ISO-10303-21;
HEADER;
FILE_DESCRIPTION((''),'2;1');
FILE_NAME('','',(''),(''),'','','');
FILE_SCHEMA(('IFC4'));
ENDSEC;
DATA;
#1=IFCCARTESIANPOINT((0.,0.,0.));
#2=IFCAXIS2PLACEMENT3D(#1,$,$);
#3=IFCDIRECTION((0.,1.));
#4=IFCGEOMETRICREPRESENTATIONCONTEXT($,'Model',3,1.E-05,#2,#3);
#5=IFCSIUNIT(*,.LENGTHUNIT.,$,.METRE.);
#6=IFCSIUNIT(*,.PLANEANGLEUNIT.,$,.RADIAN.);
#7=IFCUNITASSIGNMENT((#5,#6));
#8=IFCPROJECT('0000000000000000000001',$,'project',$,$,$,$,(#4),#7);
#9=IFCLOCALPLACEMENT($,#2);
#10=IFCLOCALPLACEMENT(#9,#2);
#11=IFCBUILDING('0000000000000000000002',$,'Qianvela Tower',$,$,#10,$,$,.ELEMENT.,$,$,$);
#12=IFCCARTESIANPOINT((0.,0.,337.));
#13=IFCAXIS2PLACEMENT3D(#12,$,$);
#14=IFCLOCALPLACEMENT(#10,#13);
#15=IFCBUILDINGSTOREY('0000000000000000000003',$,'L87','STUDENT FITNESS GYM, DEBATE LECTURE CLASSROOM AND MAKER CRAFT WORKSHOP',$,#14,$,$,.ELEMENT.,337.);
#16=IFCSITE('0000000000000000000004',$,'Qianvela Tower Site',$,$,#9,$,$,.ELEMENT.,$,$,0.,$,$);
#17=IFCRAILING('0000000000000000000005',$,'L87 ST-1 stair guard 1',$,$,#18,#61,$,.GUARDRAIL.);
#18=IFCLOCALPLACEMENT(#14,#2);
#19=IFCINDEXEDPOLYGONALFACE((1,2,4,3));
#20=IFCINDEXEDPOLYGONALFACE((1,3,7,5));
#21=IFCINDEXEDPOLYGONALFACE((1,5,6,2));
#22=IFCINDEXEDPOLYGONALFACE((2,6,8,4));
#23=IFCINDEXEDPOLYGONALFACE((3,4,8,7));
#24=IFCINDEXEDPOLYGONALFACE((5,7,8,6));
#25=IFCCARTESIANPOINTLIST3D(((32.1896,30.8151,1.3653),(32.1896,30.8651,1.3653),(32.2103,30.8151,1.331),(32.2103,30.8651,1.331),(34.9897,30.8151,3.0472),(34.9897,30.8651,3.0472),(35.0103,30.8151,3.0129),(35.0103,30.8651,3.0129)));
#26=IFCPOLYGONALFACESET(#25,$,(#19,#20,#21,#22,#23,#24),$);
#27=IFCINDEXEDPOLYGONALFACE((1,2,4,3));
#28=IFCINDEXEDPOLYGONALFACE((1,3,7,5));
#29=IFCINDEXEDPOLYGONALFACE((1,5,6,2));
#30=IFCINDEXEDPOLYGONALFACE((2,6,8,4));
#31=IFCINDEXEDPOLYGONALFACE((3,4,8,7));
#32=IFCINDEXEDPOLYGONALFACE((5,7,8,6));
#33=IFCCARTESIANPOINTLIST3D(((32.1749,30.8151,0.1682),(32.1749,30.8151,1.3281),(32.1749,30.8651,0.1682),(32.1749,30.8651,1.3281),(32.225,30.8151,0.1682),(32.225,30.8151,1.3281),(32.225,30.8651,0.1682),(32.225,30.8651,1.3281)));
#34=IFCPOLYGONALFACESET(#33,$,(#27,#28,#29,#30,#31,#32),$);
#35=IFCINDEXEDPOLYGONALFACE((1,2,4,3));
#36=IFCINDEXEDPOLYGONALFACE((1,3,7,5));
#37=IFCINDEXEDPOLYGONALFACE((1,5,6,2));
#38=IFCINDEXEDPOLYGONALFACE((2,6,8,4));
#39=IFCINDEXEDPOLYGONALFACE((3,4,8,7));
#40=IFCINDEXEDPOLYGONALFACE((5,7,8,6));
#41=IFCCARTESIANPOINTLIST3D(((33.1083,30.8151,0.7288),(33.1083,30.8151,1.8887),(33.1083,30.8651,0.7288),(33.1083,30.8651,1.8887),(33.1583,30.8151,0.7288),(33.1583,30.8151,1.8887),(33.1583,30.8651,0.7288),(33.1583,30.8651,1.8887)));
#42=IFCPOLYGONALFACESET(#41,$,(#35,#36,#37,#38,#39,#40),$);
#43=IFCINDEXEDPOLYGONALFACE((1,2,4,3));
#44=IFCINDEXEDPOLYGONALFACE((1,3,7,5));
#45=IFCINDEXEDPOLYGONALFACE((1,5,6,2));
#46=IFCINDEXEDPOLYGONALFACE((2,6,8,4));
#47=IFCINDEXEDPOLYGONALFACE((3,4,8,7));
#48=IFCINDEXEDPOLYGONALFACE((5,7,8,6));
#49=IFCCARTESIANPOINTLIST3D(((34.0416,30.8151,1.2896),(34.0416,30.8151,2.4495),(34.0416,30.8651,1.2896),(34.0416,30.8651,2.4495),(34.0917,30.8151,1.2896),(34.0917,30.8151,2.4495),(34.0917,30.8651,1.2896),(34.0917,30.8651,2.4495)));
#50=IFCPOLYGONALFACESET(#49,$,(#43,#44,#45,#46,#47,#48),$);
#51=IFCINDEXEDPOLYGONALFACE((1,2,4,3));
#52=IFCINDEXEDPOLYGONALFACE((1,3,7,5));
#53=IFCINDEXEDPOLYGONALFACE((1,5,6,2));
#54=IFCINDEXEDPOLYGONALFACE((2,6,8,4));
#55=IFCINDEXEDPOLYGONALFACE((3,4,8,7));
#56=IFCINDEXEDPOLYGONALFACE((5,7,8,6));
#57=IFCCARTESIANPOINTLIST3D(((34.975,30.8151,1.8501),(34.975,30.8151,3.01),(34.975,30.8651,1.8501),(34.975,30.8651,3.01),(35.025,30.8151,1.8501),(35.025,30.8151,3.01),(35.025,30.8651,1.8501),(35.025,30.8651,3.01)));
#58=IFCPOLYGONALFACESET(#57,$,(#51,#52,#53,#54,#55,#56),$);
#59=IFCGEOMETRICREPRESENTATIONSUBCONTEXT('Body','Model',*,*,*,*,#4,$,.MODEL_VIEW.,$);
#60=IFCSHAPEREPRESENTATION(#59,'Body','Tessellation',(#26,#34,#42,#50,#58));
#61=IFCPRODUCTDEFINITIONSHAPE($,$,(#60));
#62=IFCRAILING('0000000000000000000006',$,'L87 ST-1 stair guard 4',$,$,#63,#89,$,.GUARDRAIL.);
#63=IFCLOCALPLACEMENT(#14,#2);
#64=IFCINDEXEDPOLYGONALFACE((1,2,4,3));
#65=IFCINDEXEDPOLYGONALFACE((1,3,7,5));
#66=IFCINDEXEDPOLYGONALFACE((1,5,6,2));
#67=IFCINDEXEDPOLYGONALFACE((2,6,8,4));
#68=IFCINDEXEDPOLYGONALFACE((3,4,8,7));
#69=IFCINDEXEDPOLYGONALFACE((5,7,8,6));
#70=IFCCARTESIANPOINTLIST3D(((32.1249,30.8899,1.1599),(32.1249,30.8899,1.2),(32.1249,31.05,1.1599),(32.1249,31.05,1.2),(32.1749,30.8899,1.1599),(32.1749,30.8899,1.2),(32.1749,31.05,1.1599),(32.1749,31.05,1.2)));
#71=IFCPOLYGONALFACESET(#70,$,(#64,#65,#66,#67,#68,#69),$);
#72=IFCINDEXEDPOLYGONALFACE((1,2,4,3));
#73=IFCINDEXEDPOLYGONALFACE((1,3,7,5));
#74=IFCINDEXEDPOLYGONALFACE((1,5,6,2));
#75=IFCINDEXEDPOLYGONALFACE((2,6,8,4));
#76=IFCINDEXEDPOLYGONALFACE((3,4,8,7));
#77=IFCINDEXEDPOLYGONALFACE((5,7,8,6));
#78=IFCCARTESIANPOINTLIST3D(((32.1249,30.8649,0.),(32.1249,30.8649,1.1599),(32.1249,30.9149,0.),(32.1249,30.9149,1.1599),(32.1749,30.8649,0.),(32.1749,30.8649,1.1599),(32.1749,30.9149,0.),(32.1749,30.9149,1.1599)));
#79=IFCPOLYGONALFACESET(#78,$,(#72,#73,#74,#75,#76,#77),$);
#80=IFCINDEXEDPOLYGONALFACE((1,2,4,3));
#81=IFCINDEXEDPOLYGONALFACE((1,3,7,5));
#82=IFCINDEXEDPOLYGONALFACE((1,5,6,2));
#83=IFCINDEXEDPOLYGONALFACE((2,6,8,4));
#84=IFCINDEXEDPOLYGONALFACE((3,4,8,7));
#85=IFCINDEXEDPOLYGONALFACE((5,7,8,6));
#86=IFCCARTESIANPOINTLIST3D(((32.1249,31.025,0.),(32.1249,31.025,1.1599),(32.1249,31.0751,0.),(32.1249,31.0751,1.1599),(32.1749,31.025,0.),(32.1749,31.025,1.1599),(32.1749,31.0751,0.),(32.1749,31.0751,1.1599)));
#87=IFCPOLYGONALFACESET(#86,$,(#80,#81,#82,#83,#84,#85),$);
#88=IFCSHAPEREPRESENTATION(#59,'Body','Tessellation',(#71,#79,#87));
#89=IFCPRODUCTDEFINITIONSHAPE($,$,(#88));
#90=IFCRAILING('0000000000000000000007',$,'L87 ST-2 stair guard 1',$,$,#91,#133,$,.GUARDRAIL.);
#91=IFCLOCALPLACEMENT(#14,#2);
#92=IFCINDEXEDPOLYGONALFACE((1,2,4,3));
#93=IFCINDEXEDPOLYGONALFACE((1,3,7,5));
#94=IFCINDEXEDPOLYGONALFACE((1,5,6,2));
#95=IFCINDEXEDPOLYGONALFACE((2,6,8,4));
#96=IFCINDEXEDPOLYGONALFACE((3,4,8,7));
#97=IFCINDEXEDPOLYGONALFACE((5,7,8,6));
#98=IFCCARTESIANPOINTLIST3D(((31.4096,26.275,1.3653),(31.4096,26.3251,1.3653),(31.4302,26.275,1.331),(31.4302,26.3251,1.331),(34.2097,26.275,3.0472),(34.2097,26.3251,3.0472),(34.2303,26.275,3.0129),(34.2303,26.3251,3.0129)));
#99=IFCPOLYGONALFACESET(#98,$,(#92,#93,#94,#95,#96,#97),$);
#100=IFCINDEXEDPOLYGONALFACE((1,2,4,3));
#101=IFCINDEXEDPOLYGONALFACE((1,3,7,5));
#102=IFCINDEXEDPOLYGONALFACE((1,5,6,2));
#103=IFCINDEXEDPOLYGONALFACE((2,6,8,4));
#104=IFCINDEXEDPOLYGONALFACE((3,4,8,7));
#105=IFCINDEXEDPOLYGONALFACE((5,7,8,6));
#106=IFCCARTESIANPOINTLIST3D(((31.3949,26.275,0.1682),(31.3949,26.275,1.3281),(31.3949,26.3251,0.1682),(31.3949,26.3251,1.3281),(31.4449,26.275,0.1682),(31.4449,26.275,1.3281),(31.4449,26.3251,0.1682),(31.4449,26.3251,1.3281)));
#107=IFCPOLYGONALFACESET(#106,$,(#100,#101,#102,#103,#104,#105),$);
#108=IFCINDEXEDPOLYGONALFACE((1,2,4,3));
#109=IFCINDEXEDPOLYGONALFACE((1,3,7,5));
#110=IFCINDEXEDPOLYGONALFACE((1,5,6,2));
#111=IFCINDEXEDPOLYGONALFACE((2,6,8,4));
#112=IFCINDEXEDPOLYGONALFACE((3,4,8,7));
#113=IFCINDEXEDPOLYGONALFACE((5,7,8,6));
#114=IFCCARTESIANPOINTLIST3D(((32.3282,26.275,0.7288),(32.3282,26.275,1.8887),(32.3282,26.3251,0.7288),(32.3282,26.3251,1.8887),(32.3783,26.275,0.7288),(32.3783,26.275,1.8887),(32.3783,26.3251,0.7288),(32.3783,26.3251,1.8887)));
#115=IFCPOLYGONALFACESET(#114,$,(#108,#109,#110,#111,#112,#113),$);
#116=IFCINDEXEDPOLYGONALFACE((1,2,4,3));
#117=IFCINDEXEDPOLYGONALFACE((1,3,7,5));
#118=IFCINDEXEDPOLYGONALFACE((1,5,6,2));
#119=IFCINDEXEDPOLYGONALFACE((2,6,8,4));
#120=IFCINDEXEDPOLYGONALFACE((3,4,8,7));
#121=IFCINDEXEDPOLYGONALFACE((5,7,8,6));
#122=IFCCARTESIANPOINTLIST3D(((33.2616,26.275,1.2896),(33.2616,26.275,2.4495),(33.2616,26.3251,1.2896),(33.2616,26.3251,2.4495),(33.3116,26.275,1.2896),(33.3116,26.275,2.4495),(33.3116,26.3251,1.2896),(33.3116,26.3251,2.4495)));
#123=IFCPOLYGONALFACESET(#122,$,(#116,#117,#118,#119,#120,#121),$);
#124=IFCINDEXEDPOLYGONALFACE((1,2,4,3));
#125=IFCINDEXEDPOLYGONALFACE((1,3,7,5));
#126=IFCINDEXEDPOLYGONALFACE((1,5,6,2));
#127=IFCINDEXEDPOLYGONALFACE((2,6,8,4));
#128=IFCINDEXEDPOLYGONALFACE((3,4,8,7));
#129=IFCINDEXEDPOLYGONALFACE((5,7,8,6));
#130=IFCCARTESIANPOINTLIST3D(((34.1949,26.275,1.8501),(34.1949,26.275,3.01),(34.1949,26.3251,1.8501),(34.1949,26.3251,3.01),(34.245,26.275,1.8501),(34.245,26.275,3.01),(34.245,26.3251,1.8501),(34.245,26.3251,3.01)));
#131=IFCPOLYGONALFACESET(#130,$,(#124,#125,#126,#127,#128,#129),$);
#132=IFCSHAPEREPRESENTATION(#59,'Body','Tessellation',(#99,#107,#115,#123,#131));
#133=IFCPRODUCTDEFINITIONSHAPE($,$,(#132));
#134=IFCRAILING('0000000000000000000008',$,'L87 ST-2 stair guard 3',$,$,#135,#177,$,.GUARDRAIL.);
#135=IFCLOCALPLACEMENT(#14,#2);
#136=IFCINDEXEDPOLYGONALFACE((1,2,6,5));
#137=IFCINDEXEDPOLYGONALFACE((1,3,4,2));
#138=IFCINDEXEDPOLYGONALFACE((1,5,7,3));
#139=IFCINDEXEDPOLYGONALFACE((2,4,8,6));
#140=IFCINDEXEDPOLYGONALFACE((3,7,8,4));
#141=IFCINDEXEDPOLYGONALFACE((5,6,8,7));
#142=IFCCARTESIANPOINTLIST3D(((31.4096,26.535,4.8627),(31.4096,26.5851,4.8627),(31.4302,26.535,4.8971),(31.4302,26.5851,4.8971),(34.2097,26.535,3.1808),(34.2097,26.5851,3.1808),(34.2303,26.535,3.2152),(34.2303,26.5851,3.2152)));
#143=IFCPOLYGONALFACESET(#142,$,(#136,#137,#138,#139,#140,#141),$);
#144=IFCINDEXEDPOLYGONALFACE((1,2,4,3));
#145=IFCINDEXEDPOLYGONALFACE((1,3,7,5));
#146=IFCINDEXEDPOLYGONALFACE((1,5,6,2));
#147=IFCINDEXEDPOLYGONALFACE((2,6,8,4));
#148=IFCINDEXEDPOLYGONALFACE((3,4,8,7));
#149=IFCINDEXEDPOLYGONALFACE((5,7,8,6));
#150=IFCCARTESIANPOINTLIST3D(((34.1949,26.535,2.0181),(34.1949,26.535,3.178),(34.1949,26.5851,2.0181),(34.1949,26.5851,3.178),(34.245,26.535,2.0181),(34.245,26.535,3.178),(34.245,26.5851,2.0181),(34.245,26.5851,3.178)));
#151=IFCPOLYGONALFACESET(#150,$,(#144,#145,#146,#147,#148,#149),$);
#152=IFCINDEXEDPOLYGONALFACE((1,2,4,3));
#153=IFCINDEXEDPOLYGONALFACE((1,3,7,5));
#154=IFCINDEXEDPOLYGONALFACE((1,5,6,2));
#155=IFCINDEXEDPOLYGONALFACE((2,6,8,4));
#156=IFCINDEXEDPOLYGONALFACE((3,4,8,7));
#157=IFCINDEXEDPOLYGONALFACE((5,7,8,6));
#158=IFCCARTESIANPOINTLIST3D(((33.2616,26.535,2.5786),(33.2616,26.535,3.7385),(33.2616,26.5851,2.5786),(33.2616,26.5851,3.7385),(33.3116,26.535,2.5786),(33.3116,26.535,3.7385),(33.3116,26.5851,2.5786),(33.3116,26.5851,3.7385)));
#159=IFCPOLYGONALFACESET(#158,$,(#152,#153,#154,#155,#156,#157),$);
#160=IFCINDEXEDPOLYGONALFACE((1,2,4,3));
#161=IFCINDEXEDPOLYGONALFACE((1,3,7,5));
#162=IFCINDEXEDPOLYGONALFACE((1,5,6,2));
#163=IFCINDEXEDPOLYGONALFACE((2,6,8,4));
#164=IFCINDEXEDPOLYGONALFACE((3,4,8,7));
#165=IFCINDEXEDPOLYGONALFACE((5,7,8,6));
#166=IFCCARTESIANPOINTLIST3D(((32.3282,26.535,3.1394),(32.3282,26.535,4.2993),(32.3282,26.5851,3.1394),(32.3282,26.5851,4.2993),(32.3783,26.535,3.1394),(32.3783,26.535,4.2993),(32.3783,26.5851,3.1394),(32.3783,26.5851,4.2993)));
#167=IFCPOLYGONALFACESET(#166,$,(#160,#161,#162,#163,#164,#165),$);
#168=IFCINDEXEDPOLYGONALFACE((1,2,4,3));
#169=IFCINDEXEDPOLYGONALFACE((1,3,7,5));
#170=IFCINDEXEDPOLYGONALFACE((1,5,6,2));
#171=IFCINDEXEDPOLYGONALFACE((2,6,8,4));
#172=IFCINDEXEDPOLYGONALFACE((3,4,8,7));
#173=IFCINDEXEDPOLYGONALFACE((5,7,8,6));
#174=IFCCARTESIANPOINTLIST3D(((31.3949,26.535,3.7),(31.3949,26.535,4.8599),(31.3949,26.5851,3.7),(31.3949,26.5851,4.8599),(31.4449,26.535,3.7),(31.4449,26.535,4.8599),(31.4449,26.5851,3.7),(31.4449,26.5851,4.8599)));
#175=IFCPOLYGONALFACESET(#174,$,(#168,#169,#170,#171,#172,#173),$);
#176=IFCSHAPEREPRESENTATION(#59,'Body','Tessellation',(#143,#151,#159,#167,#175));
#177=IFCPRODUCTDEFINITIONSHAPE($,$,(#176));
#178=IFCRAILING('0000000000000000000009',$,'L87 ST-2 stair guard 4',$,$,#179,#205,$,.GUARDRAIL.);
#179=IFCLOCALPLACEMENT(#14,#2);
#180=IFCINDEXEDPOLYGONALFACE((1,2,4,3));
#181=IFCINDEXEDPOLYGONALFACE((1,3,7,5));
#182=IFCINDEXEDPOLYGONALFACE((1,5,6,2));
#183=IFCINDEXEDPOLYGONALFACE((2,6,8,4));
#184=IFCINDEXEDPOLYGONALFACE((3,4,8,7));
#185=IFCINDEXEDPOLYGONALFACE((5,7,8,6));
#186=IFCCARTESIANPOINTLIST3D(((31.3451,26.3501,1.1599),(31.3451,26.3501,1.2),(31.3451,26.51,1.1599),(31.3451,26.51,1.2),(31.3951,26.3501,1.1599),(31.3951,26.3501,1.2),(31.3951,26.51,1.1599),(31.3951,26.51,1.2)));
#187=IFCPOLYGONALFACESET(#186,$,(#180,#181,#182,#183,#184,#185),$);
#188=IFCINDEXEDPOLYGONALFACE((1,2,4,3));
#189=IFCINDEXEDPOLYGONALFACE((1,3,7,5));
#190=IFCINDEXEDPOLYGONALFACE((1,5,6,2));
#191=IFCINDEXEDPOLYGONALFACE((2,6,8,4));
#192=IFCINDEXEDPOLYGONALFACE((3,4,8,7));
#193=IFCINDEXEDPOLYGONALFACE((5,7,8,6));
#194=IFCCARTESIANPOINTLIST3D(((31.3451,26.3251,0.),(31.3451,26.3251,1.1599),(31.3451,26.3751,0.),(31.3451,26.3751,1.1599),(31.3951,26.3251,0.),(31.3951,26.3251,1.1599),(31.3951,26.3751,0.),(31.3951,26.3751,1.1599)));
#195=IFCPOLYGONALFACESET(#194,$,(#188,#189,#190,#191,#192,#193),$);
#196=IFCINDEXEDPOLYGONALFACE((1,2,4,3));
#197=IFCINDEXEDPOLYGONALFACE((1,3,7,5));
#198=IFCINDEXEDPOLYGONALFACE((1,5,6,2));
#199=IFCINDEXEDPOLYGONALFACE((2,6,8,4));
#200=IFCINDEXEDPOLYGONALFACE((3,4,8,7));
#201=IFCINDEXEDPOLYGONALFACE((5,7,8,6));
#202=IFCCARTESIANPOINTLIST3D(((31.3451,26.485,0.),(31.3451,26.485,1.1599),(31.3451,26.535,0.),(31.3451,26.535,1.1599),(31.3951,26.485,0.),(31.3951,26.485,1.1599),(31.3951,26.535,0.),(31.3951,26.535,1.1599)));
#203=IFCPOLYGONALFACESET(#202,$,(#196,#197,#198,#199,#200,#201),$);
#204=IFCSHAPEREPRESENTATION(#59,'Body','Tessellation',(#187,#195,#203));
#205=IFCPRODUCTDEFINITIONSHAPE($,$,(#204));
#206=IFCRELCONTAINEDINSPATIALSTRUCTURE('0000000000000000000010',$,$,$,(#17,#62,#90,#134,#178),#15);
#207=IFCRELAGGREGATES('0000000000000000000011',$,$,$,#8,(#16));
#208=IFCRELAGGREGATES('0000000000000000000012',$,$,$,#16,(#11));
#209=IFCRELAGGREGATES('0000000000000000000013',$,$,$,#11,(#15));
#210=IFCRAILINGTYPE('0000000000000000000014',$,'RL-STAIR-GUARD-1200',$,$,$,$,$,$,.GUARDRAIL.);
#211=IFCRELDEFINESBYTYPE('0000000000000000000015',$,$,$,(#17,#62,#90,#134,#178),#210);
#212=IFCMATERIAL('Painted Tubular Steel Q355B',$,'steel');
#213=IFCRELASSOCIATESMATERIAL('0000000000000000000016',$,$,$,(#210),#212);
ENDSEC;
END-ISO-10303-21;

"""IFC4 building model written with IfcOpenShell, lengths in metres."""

from ifc_helpers import new_model, si_unit, direction, frame, origin, origin_2d, place, context, subcontext, project, spatial, rectangle, extrude, material, type_object, element, save


model = new_model("IFC4")

# Units and contexts
model_context = context("Model", 3, precision=1e-05, world=origin(), true_north=direction((0.0, 1.0)))
body_context = subcontext(model_context, "Body", "Model", "MODEL_VIEW")
ifc_project = project(units=[si_unit("LENGTHUNIT", "METRE"), si_unit("PLANEANGLEUNIT", "RADIAN")], contexts=[model_context])

# Site, building, storey
site_placement = place(None, origin())
site = spatial("IfcSite", under=ifc_project, at=site_placement, Name="Qianvela Tower Site", CompositionType="ELEMENT", RefElevation=0.0)
building_placement = place(site_placement, origin())
building = spatial("IfcBuilding", under=site, at=building_placement, Name="Qianvela Tower", CompositionType="ELEMENT")
storey_placement = place(building_placement, frame((0.0, 0.0, 337.0)))
storey = spatial("IfcBuildingStorey", under=building, at=storey_placement, Name="L87", Description="STUDENT FITNESS GYM, DEBATE LECTURE CLASSROOM AND MAKER CRAFT WORKSHOP", CompositionType="ELEMENT", Elevation=337.0)

# Railings
ifc_material_1 = material(Name="Painted Tubular Steel Q355B", Category="steel")
railing_type_1 = type_object("IfcRailingType", Name="RL-STAIR-GUARD-1200", PredefinedType="GUARDRAIL", material=ifc_material_1)
railing_1_placement = place(storey_placement, frame((32.2, 30.8401, 0.1682)))
element("IfcRailing", 1, at=railing_1_placement, inside=storey, type_object=railing_type_1, Name="L87 ST-1 stair guard 1", PredefinedType="GUARDRAIL", context=body_context, shape_type="SweptSolid", body=[
    extrude(rectangle(XDim=0.05, YDim=0.04, at=origin_2d()), frame((0.0, 0.0, 1.1799), z_axis=(0.857242, 0.0, 0.514913), x_axis=(0.0, 1.0, 0.0)), (0.0, 0.0, 1.0), 3.2664),
    extrude(rectangle(XDim=0.05, YDim=0.05, at=origin_2d()), origin(), (0.0, 0.0, 1.0), 1.1599),
    extrude(rectangle(XDim=0.05, YDim=0.05, at=origin_2d()), frame((0.9333, 0.0, 0.5605)), (0.0, 0.0, 1.0), 1.1599),
    extrude(rectangle(XDim=0.05, YDim=0.05, at=origin_2d()), frame((1.8667, 0.0, 1.1213)), (0.0, 0.0, 1.0), 1.1599),
    extrude(rectangle(XDim=0.05, YDim=0.05, at=origin_2d()), frame((2.8, 0.0, 1.6819)), (0.0, 0.0, 1.0), 1.1599),
])
railing_2_placement = place(storey_placement, frame((32.1499, 30.8899, 0.0)))
element("IfcRailing", 2, at=railing_2_placement, inside=storey, type_object=railing_type_1, Name="L87 ST-1 stair guard 4", PredefinedType="GUARDRAIL", context=body_context, shape_type="SweptSolid", body=[
    extrude(rectangle(XDim=0.05, YDim=0.04, at=origin_2d()), frame((0.0, 0.0, 1.1799), z_axis=(0.0, 1.0, 0.0), x_axis=(-1.0, 0.0, 0.0)), (0.0, 0.0, 1.0), 0.1602),
    extrude(rectangle(XDim=0.05, YDim=0.05, at=origin_2d()), origin(), (0.0, 0.0, 1.0), 1.1599),
    extrude(rectangle(XDim=0.05, YDim=0.05, at=origin_2d()), frame((0.0, 0.1602, 0.0)), (0.0, 0.0, 1.0), 1.1599),
])
railing_3_placement = place(storey_placement, frame((31.4199, 26.3, 0.1682)))
element("IfcRailing", 3, at=railing_3_placement, inside=storey, type_object=railing_type_1, Name="L87 ST-2 stair guard 1", PredefinedType="GUARDRAIL", context=body_context, shape_type="SweptSolid", body=[
    extrude(rectangle(XDim=0.05, YDim=0.04, at=origin_2d()), frame((0.0, 0.0, 1.1799), z_axis=(0.857242, 0.0, 0.514913), x_axis=(0.0, 1.0, 0.0)), (0.0, 0.0, 1.0), 3.2664),
    extrude(rectangle(XDim=0.05, YDim=0.05, at=origin_2d()), origin(), (0.0, 0.0, 1.0), 1.1599),
    extrude(rectangle(XDim=0.05, YDim=0.05, at=origin_2d()), frame((0.9333, 0.0, 0.5605)), (0.0, 0.0, 1.0), 1.1599),
    extrude(rectangle(XDim=0.05, YDim=0.05, at=origin_2d()), frame((1.8667, 0.0, 1.1213)), (0.0, 0.0, 1.0), 1.1599),
    extrude(rectangle(XDim=0.05, YDim=0.05, at=origin_2d()), frame((2.8, 0.0, 1.6819)), (0.0, 0.0, 1.0), 1.1599),
])
railing_4_placement = place(storey_placement, frame((34.22, 26.5601, 2.0181)))
element("IfcRailing", 4, at=railing_4_placement, inside=storey, type_object=railing_type_1, Name="L87 ST-2 stair guard 3", PredefinedType="GUARDRAIL", context=body_context, shape_type="SweptSolid", body=[
    extrude(rectangle(XDim=0.05, YDim=0.04, at=origin_2d()), frame((0.0, 0.0, 1.1799), z_axis=(-0.857242, 0.0, 0.514913), x_axis=(0.0, -1.0, 0.0)), (0.0, 0.0, 1.0), 3.2664),
    extrude(rectangle(XDim=0.05, YDim=0.05, at=origin_2d()), origin(), (0.0, 0.0, 1.0), 1.1599),
    extrude(rectangle(XDim=0.05, YDim=0.05, at=origin_2d()), frame((-0.9333, 0.0, 0.5605)), (0.0, 0.0, 1.0), 1.1599),
    extrude(rectangle(XDim=0.05, YDim=0.05, at=origin_2d()), frame((-1.8667, 0.0, 1.1213)), (0.0, 0.0, 1.0), 1.1599),
    extrude(rectangle(XDim=0.05, YDim=0.05, at=origin_2d()), frame((-2.8, 0.0, 1.6819)), (0.0, 0.0, 1.0), 1.1599),
])
railing_5_placement = place(storey_placement, frame((31.3701, 26.3501, 0.0)))
element("IfcRailing", 5, at=railing_5_placement, inside=storey, type_object=railing_type_1, Name="L87 ST-2 stair guard 4", PredefinedType="GUARDRAIL", context=body_context, shape_type="SweptSolid", body=[
    extrude(rectangle(XDim=0.05, YDim=0.04, at=origin_2d()), frame((0.0, 0.0, 1.1799), z_axis=(0.0, 1.0, 0.0), x_axis=(-1.0, 0.0, 0.0)), (0.0, 0.0, 1.0), 0.1599),
    extrude(rectangle(XDim=0.05, YDim=0.05, at=origin_2d()), origin(), (0.0, 0.0, 1.0), 1.1599),
    extrude(rectangle(XDim=0.05, YDim=0.05, at=origin_2d()), frame((0.0, 0.1599, 0.0)), (0.0, 0.0, 1.0), 1.1599),
])

save(model, "model.ifc")
